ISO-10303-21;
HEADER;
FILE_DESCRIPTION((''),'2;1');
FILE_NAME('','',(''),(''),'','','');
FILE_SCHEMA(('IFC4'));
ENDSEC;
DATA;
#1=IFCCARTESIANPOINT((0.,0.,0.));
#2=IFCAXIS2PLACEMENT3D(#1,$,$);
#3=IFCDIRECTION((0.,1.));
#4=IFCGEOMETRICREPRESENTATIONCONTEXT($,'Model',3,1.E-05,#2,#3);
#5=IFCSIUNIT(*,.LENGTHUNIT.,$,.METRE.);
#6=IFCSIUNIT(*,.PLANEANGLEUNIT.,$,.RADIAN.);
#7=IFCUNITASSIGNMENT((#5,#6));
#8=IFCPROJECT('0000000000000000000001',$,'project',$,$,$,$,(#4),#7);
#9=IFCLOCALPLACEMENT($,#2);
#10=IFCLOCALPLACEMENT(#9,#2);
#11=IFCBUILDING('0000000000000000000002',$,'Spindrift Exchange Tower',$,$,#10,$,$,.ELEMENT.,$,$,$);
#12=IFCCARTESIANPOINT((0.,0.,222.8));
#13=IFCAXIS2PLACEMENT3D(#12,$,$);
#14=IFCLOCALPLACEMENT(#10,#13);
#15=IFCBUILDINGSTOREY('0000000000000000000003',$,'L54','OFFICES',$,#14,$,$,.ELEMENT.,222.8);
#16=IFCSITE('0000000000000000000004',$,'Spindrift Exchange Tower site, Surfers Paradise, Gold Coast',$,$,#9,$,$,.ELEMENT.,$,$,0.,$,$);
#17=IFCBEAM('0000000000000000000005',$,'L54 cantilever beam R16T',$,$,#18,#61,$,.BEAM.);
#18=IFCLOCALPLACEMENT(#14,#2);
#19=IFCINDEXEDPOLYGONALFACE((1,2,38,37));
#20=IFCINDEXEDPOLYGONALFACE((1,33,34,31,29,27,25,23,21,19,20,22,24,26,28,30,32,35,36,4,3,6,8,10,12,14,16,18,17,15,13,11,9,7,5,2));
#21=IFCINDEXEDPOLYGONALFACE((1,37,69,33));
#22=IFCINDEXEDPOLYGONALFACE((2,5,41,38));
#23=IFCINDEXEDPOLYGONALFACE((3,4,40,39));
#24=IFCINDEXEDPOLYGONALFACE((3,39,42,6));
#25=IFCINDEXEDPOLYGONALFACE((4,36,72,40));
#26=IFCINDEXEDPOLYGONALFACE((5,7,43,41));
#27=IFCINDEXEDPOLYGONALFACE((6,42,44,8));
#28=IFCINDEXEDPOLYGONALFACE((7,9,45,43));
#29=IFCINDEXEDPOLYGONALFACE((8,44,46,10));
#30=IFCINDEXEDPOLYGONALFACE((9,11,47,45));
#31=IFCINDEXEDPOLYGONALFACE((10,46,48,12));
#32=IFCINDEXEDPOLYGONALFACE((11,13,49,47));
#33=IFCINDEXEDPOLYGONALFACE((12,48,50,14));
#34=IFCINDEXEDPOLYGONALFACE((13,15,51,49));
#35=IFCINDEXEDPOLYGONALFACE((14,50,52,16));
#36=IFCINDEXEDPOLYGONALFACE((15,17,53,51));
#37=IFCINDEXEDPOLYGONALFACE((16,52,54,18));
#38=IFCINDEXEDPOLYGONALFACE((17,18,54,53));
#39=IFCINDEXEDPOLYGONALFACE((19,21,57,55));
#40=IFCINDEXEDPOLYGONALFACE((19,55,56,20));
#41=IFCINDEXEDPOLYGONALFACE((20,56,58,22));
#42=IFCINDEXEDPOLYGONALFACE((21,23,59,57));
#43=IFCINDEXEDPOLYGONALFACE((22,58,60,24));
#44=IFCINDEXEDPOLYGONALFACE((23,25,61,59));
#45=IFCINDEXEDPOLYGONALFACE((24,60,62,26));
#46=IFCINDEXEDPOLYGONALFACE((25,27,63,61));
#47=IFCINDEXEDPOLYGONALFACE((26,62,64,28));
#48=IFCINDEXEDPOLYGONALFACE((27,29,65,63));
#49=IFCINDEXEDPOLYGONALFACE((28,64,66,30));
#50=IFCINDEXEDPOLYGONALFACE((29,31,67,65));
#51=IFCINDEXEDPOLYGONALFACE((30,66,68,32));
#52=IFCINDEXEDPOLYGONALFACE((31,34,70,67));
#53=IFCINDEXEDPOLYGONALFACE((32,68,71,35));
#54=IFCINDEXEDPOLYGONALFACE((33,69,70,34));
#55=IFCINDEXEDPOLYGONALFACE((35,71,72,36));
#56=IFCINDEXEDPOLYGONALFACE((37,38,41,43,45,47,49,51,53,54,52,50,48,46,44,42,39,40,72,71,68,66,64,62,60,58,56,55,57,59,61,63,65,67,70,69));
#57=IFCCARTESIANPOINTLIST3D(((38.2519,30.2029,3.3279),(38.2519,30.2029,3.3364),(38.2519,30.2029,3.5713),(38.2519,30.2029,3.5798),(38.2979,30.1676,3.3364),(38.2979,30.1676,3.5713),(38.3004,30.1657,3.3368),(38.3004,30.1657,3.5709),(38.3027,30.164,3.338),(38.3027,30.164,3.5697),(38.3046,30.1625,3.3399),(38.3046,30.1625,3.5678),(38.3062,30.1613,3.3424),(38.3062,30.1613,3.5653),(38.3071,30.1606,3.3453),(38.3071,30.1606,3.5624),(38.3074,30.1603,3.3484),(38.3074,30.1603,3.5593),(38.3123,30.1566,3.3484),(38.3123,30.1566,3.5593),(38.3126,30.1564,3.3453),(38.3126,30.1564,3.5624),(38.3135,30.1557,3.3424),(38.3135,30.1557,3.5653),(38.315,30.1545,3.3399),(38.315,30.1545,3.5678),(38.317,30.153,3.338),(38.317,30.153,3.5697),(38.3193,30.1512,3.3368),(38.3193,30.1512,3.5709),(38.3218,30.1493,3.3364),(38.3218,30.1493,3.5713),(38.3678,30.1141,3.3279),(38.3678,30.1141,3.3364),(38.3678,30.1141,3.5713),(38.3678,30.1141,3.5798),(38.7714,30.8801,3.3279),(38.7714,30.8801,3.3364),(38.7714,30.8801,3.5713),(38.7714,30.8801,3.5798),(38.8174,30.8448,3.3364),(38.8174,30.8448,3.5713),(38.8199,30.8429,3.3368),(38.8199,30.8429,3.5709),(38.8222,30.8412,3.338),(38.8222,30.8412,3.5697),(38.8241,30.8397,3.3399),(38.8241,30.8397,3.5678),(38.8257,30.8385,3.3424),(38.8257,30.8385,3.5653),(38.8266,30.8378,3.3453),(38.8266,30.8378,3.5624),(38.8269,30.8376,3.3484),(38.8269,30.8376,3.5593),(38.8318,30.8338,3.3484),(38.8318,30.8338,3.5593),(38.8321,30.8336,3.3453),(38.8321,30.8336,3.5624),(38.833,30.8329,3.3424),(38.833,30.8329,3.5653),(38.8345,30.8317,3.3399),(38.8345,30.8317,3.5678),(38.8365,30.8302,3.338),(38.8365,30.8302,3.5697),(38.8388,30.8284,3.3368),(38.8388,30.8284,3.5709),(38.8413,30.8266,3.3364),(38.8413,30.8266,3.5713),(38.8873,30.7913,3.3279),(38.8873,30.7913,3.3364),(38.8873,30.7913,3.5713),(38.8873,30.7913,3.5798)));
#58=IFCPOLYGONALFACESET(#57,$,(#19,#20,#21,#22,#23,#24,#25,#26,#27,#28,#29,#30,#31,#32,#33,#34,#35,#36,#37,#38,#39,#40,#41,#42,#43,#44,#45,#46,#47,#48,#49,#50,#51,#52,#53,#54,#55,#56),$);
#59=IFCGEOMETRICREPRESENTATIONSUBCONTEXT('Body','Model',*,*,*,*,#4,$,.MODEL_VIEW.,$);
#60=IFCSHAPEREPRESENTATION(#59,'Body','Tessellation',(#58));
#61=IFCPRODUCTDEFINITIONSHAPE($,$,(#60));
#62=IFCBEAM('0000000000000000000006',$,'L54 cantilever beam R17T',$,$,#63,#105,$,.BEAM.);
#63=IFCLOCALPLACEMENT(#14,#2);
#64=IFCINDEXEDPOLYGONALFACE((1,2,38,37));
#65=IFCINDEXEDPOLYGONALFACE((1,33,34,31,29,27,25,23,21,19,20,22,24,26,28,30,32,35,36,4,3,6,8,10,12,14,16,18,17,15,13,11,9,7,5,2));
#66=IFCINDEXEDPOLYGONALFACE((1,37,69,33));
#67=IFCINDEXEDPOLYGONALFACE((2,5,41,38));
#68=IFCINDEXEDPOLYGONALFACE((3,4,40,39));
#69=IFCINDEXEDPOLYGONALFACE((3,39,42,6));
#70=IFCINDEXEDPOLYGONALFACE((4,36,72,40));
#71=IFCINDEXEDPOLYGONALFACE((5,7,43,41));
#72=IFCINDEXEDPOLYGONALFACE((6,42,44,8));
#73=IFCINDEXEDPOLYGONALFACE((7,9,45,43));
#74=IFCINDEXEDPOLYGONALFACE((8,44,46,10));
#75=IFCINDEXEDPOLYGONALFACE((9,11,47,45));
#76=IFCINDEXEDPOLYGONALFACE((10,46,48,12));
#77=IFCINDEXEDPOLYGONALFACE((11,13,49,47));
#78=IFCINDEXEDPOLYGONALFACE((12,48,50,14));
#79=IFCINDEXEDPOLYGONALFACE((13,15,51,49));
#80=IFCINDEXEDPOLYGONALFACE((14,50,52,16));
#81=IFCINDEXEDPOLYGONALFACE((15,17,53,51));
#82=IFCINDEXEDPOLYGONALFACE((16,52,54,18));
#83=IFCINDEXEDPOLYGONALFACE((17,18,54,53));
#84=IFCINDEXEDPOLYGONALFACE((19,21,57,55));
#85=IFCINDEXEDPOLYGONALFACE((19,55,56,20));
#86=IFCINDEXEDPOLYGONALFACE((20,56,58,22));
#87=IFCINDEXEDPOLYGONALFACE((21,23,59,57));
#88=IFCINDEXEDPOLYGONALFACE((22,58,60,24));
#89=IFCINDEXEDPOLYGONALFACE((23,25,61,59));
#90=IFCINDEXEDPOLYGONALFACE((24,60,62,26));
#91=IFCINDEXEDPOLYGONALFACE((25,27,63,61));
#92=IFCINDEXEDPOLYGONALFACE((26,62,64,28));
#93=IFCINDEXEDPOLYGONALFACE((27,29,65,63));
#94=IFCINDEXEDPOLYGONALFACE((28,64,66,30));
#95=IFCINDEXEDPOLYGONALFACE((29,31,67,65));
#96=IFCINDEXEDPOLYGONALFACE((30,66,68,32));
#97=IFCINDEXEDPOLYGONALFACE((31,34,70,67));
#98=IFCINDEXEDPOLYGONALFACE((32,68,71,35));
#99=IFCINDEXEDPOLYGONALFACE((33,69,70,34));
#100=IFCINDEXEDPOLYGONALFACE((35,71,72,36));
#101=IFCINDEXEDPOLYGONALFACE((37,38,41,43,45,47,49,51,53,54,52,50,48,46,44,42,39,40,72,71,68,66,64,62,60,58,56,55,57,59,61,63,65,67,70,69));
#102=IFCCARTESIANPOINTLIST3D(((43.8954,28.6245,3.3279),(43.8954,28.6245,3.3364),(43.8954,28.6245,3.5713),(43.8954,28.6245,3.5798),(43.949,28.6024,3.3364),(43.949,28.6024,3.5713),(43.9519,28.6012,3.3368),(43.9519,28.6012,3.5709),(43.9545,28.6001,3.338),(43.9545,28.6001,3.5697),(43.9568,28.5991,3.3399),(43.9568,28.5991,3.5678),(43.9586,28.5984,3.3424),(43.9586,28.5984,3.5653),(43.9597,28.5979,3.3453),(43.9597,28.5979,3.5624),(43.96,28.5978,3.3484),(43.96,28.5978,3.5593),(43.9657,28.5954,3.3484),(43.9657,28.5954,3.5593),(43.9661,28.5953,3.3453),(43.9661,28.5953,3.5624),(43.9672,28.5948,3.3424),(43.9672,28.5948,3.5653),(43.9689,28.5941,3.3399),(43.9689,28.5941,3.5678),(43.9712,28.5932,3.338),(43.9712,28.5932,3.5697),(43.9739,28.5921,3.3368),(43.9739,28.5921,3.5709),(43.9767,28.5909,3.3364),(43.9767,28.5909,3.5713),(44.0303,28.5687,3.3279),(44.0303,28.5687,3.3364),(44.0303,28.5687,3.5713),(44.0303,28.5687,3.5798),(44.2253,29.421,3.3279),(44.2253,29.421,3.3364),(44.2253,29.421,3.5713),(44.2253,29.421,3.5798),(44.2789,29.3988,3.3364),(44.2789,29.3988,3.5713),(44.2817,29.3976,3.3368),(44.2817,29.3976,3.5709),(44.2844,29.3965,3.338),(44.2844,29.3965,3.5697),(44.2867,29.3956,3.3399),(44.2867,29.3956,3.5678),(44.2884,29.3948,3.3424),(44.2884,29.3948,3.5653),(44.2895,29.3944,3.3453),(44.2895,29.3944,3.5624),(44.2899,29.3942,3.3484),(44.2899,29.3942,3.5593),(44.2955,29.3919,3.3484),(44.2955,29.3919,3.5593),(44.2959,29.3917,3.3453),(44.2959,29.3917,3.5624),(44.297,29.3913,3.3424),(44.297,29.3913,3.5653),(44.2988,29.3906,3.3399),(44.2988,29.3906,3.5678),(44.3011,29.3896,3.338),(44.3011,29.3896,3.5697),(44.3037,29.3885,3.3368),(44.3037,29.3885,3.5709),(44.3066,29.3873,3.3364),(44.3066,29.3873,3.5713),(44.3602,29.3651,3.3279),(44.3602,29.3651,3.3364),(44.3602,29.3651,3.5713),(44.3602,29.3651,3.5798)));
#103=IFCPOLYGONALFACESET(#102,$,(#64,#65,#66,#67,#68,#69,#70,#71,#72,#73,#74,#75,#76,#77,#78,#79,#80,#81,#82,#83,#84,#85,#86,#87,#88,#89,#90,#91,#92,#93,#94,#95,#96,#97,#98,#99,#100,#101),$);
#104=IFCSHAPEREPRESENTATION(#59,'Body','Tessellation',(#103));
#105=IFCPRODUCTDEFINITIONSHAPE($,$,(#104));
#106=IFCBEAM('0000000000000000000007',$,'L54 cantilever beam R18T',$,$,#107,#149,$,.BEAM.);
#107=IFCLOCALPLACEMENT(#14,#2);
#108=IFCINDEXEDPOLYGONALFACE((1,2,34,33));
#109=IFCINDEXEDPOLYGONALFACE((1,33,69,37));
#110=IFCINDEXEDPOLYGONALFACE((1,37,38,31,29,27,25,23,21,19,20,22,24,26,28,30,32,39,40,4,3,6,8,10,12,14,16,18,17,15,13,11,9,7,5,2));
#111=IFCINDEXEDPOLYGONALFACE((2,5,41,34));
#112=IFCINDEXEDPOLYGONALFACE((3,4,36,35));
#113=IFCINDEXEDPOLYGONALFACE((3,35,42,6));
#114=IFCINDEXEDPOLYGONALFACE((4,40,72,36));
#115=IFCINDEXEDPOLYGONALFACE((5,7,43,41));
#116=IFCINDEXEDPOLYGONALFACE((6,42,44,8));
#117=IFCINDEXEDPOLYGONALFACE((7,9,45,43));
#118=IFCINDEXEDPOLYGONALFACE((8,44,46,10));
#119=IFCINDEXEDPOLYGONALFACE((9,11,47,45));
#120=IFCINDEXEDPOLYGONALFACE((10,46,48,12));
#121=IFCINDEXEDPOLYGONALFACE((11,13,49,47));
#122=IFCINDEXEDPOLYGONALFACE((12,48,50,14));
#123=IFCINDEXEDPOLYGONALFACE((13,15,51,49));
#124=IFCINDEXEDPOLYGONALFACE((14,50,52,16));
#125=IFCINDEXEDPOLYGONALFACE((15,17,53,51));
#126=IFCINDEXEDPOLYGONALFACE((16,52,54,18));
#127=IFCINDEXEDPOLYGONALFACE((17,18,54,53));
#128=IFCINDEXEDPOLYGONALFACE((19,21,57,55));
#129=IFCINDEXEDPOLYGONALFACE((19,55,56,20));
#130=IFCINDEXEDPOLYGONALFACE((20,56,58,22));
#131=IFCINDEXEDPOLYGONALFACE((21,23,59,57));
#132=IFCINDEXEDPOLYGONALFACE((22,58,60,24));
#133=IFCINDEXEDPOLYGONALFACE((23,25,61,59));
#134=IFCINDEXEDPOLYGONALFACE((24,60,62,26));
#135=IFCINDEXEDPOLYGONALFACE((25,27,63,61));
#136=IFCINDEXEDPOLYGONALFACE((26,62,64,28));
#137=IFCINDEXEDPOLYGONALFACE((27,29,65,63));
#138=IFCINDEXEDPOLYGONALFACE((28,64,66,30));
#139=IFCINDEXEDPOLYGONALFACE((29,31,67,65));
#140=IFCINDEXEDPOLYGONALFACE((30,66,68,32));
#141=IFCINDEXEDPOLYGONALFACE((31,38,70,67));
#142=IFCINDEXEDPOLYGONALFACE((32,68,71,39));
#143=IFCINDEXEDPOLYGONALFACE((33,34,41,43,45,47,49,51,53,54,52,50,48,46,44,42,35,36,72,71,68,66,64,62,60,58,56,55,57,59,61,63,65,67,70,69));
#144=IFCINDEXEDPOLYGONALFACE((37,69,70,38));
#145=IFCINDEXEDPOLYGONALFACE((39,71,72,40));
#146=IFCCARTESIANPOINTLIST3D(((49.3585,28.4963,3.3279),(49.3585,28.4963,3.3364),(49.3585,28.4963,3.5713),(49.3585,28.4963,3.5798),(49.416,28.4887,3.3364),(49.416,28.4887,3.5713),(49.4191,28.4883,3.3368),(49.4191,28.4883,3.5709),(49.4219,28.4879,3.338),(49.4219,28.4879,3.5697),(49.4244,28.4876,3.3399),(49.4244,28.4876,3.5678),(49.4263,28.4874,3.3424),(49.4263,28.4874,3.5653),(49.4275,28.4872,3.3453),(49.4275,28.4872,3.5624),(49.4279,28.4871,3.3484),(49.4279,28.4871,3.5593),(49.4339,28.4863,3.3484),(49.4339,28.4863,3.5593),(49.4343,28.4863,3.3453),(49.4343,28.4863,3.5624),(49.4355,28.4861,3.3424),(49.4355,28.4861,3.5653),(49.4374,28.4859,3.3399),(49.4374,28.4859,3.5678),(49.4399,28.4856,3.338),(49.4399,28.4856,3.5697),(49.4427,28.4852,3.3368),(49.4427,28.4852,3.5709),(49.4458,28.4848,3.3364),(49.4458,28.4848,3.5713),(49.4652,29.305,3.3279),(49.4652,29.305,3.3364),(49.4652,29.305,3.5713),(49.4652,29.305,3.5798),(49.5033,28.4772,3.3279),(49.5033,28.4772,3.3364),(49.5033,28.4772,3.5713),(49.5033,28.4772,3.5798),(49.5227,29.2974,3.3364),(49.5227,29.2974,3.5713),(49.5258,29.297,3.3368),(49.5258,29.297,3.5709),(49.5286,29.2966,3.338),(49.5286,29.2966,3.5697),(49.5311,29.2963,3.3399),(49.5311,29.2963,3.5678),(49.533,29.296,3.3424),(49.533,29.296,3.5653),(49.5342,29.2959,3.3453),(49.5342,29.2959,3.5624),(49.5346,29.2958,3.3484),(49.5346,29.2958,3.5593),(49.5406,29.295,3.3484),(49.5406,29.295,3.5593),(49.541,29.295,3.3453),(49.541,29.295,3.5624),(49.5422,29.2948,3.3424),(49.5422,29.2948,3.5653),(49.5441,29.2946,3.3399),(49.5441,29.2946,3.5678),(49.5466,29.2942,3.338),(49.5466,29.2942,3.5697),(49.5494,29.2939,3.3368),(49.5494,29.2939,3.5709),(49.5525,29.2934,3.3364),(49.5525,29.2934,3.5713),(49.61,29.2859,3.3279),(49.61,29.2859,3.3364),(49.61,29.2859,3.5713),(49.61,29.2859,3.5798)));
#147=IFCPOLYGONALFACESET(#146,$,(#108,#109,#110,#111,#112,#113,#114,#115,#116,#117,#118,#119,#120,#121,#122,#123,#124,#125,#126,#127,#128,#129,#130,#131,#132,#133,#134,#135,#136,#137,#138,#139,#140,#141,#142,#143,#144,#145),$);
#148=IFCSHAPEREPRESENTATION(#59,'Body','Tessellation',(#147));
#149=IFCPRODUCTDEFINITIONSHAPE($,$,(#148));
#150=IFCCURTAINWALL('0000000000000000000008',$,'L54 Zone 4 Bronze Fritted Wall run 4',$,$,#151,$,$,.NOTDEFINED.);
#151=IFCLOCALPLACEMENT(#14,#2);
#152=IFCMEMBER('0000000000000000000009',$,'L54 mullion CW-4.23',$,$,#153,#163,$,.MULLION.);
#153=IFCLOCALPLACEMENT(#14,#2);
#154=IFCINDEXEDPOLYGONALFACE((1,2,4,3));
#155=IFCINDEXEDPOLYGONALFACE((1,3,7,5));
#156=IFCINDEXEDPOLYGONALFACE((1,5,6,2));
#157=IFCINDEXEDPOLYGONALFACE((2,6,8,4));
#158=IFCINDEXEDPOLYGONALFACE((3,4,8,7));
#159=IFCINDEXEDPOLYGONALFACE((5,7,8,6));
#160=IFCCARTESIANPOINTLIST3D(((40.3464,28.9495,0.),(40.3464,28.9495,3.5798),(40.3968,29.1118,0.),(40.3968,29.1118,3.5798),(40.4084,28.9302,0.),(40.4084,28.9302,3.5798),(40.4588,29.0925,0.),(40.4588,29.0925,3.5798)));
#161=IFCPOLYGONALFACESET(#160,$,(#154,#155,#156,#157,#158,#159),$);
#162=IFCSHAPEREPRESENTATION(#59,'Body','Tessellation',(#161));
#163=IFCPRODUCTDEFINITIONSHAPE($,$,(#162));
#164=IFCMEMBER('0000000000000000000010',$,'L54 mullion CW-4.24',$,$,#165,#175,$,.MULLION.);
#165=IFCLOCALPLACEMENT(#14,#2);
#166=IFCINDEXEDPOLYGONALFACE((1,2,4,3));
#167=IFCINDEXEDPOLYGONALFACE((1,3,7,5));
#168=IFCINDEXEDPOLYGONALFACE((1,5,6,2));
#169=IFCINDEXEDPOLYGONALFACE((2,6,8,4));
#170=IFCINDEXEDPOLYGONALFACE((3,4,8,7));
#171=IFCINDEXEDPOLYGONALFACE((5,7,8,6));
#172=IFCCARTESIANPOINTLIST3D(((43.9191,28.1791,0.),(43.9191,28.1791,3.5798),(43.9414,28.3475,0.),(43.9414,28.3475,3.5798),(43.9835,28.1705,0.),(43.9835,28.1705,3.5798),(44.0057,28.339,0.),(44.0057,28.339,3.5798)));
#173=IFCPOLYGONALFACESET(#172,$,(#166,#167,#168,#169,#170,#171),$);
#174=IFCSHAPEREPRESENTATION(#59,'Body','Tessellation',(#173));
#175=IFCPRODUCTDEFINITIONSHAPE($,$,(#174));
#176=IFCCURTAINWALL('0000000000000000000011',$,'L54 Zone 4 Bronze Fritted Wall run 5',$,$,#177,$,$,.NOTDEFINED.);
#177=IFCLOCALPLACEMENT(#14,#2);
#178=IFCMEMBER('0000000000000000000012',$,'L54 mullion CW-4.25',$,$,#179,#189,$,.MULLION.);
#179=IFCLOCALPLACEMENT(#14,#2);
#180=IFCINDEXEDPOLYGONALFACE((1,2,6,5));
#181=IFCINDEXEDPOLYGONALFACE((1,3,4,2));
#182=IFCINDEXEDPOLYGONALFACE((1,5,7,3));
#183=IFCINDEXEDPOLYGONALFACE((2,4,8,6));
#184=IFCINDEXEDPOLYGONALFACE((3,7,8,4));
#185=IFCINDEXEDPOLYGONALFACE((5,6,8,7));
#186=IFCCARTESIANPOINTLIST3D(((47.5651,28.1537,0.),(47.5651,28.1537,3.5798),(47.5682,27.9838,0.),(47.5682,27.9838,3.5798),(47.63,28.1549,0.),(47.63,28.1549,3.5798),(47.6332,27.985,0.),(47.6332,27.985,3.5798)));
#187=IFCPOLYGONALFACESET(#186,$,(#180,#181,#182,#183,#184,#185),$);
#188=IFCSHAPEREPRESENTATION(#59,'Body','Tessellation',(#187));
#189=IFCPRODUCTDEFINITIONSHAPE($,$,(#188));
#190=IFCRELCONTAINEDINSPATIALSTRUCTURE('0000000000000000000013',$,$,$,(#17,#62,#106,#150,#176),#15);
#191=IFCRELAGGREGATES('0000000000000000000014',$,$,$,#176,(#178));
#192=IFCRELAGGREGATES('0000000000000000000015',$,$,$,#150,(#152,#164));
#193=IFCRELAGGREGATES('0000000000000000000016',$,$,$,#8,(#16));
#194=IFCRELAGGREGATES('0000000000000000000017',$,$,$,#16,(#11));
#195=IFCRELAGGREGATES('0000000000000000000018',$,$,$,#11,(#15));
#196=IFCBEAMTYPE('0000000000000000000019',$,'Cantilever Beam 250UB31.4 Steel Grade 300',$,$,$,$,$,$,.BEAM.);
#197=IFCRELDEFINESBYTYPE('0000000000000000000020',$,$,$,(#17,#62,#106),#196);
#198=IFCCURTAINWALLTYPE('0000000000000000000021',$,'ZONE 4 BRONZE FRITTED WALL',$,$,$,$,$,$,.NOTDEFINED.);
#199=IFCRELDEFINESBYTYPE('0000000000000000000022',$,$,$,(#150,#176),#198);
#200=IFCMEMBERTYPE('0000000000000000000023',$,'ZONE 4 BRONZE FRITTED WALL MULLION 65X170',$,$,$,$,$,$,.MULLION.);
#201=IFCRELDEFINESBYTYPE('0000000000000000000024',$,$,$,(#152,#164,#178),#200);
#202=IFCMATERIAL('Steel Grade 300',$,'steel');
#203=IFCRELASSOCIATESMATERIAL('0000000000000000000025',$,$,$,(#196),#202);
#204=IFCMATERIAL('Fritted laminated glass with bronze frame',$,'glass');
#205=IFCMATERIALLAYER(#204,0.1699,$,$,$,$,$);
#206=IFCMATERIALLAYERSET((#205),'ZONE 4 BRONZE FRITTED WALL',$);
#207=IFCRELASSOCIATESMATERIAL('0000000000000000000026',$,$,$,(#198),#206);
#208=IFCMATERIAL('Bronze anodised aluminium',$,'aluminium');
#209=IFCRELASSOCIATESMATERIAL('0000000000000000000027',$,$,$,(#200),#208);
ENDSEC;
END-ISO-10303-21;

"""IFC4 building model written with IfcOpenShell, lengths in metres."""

from ifc_helpers import new_model, si_unit, direction, frame, origin, origin_2d, place, context, subcontext, project, spatial, rectangle, i_section, extrude, source, transform, mapped, material, layer, layer_set, material_profile, profile_set, type_object, element, aggregate, save


model = new_model("IFC4")

# Units and contexts
model_context = context("Model", 3, precision=1e-05, world=origin(), true_north=direction((0.0, 1.0)))
body_context = subcontext(model_context, "Body", "Model", "MODEL_VIEW")
ifc_project = project(units=[si_unit("LENGTHUNIT", "METRE"), si_unit("PLANEANGLEUNIT", "RADIAN")], contexts=[model_context])

# Site, building, storey
site_placement = place(None, origin())
site = spatial("IfcSite", under=ifc_project, at=site_placement, Name="Spindrift Exchange Tower site, Surfers Paradise, Gold Coast", CompositionType="ELEMENT", RefElevation=0.0)
building_placement = place(site_placement, origin())
building = spatial("IfcBuilding", under=site, at=building_placement, Name="Spindrift Exchange Tower", CompositionType="ELEMENT")
storey_placement = place(building_placement, frame((0.0, 0.0, 222.8)))
storey = spatial("IfcBuildingStorey", under=building, at=storey_placement, Name="L54", Description="OFFICES", CompositionType="ELEMENT", Elevation=222.8)

# Beams
ifc_material_1 = material(Name="Steel Grade 300", Category="steel")
ifc_material_profile_1 = material_profile(ifc_material_1, i_section(OverallWidth=0.146, OverallDepth=0.252, WebThickness=0.0061, FlangeThickness=0.0085, FilletRadius=0.012, at=origin_2d()), Name="250UB31.4")
ifc_profile_set_1 = profile_set([ifc_material_profile_1], Name="Steel Grade 300")
beam_type_1 = type_object("IfcBeamType", Name="Cantilever Beam 250UB31.4 Steel Grade 300", PredefinedType="BEAM", material=ifc_profile_set_1)
shared_shape_1 = source(origin(), body_context, "Body", "SweptSolid", [
    extrude(i_section(OverallWidth=0.146, OverallDepth=0.252, WebThickness=0.0061, FlangeThickness=0.0085, FilletRadius=0.012, at=origin_2d()), origin(), (0.0, 0.0, 1.0), 0.8535),
])
beam_1_placement = place(storey_placement, frame((38.8293, 30.8357, 3.4539), z_axis=(-0.60866, -0.793431, 0.0), x_axis=(0.793431, -0.60866, 0.0)))
element("IfcBeam", 1, at=beam_1_placement, inside=storey, type_object=beam_type_1, Name="L54 cantilever beam R16T", PredefinedType="BEAM", context=body_context, shape_type="MappedRepresentation", body=[
    mapped(shared_shape_1, transform((0.0, 0.0, 0.0), scale=1.0)),
])
shared_shape_2 = source(origin(), body_context, "Body", "SweptSolid", [
    extrude(i_section(OverallWidth=0.146, OverallDepth=0.252, WebThickness=0.0061, FlangeThickness=0.0085, FilletRadius=0.012, at=origin_2d()), origin(), (0.0, 0.0, 1.0), 0.8621),
])
beam_2_placement = place(storey_placement, frame((44.2927, 29.3931, 3.4539), z_axis=(-0.382644, -0.923896, 0.0), x_axis=(0.923896, -0.382644, 0.0)))
element("IfcBeam", 2, at=beam_2_placement, inside=storey, type_object=beam_type_1, Name="L54 cantilever beam R17T", PredefinedType="BEAM", context=body_context, shape_type="MappedRepresentation", body=[
    mapped(shared_shape_2, transform((0.0, 0.0, 0.0), scale=1.0)),
])
shared_shape_3 = source(origin(), body_context, "Body", "SweptSolid", [
    extrude(i_section(OverallWidth=0.146, OverallDepth=0.252, WebThickness=0.0061, FlangeThickness=0.0085, FilletRadius=0.012, at=origin_2d()), origin(), (0.0, 0.0, 1.0), 0.8157),
])
beam_3_placement = place(storey_placement, frame((49.5376, 29.2954, 3.4539), z_axis=(-0.130811, -0.991407, 0.0), x_axis=(0.991407, -0.130811, 0.0)))
element("IfcBeam", 3, at=beam_3_placement, inside=storey, type_object=beam_type_1, Name="L54 cantilever beam R18T", PredefinedType="BEAM", context=body_context, shape_type="MappedRepresentation", body=[
    mapped(shared_shape_3, transform((0.0, 0.0, 0.0), scale=1.0)),
])

# Curtain walls, members
ifc_material_2 = material(Name="Fritted laminated glass with bronze frame", Category="glass")
ifc_layer_1 = layer(ifc_material_2, 0.1699)
ifc_layer_set_1 = layer_set([ifc_layer_1], Name="ZONE 4 BRONZE FRITTED WALL")
curtain_wall_type = type_object("IfcCurtainWallType", Name="ZONE 4 BRONZE FRITTED WALL", PredefinedType="NOTDEFINED", material=ifc_layer_set_1)
curtain_wall_1_placement = place(storey_placement, origin())
curtain_wall_1 = element("IfcCurtainWall", 4, at=curtain_wall_1_placement, inside=storey, type_object=curtain_wall_type, Name="L54 Zone 4 Bronze Fritted Wall run 4", PredefinedType="NOTDEFINED")
ifc_material_3 = material(Name="Bronze anodised aluminium", Category="aluminium")
ifc_material_profile_2 = material_profile(ifc_material_3, rectangle(XDim=0.0649, YDim=0.1699, at=origin_2d()), Name="ZONE 4 BRONZE FRITTED WALL MULLION 65X170")
ifc_profile_set_2 = profile_set([ifc_material_profile_2], Name="Bronze anodised aluminium")
member_type_1 = type_object("IfcMemberType", Name="ZONE 4 BRONZE FRITTED WALL MULLION 65X170", PredefinedType="MULLION", material=ifc_profile_set_2)
shared_shape_4 = source(origin(), body_context, "Body", "SweptSolid", [
    extrude(rectangle(XDim=0.0649, YDim=0.1699, at=origin_2d()), origin(), (0.0, 0.0, 1.0), 3.5798),
])
member_1_placement = place(storey_placement, frame((40.4026, 29.021, 0.0), z_axis=(0.0, 0.0, 1.0), x_axis=(0.95493, -0.296832, 0.0)))
member_1 = element("IfcMember", 5, at=member_1_placement, type_object=member_type_1, Name="L54 mullion CW-4.23", PredefinedType="MULLION", context=body_context, shape_type="MappedRepresentation", body=[
    mapped(shared_shape_4, transform((0.0, 0.0, 0.0), scale=1.0)),
])
member_2_placement = place(storey_placement, frame((43.9624, 28.259, 0.0), z_axis=(0.0, 0.0, 1.0), x_axis=(0.991369, -0.131101, 0.0)))
member_2 = element("IfcMember", 6, at=member_2_placement, type_object=member_type_1, Name="L54 mullion CW-4.24", PredefinedType="MULLION", context=body_context, shape_type="MappedRepresentation", body=[
    mapped(shared_shape_4, transform((0.0, 0.0, 0.0), scale=1.0)),
])
curtain_wall_2_placement = place(storey_placement, origin())
curtain_wall_2 = element("IfcCurtainWall", 7, at=curtain_wall_2_placement, inside=storey, type_object=curtain_wall_type, Name="L54 Zone 4 Bronze Fritted Wall run 5", PredefinedType="NOTDEFINED")
member_3_placement = place(storey_placement, frame((47.5991, 28.0693, 0.0), z_axis=(0.0, 0.0, 1.0), x_axis=(0.999827, 0.018576, 0.0)))
member_3 = element("IfcMember", 8, at=member_3_placement, type_object=member_type_1, Name="L54 mullion CW-4.25", PredefinedType="MULLION", context=body_context, shape_type="MappedRepresentation", body=[
    mapped(shared_shape_4, transform((0.0, 0.0, 0.0), scale=1.0)),
])

aggregate(curtain_wall_2, [member_3])
aggregate(curtain_wall_1, [member_1, member_2])

save(model, "model.ifc")
